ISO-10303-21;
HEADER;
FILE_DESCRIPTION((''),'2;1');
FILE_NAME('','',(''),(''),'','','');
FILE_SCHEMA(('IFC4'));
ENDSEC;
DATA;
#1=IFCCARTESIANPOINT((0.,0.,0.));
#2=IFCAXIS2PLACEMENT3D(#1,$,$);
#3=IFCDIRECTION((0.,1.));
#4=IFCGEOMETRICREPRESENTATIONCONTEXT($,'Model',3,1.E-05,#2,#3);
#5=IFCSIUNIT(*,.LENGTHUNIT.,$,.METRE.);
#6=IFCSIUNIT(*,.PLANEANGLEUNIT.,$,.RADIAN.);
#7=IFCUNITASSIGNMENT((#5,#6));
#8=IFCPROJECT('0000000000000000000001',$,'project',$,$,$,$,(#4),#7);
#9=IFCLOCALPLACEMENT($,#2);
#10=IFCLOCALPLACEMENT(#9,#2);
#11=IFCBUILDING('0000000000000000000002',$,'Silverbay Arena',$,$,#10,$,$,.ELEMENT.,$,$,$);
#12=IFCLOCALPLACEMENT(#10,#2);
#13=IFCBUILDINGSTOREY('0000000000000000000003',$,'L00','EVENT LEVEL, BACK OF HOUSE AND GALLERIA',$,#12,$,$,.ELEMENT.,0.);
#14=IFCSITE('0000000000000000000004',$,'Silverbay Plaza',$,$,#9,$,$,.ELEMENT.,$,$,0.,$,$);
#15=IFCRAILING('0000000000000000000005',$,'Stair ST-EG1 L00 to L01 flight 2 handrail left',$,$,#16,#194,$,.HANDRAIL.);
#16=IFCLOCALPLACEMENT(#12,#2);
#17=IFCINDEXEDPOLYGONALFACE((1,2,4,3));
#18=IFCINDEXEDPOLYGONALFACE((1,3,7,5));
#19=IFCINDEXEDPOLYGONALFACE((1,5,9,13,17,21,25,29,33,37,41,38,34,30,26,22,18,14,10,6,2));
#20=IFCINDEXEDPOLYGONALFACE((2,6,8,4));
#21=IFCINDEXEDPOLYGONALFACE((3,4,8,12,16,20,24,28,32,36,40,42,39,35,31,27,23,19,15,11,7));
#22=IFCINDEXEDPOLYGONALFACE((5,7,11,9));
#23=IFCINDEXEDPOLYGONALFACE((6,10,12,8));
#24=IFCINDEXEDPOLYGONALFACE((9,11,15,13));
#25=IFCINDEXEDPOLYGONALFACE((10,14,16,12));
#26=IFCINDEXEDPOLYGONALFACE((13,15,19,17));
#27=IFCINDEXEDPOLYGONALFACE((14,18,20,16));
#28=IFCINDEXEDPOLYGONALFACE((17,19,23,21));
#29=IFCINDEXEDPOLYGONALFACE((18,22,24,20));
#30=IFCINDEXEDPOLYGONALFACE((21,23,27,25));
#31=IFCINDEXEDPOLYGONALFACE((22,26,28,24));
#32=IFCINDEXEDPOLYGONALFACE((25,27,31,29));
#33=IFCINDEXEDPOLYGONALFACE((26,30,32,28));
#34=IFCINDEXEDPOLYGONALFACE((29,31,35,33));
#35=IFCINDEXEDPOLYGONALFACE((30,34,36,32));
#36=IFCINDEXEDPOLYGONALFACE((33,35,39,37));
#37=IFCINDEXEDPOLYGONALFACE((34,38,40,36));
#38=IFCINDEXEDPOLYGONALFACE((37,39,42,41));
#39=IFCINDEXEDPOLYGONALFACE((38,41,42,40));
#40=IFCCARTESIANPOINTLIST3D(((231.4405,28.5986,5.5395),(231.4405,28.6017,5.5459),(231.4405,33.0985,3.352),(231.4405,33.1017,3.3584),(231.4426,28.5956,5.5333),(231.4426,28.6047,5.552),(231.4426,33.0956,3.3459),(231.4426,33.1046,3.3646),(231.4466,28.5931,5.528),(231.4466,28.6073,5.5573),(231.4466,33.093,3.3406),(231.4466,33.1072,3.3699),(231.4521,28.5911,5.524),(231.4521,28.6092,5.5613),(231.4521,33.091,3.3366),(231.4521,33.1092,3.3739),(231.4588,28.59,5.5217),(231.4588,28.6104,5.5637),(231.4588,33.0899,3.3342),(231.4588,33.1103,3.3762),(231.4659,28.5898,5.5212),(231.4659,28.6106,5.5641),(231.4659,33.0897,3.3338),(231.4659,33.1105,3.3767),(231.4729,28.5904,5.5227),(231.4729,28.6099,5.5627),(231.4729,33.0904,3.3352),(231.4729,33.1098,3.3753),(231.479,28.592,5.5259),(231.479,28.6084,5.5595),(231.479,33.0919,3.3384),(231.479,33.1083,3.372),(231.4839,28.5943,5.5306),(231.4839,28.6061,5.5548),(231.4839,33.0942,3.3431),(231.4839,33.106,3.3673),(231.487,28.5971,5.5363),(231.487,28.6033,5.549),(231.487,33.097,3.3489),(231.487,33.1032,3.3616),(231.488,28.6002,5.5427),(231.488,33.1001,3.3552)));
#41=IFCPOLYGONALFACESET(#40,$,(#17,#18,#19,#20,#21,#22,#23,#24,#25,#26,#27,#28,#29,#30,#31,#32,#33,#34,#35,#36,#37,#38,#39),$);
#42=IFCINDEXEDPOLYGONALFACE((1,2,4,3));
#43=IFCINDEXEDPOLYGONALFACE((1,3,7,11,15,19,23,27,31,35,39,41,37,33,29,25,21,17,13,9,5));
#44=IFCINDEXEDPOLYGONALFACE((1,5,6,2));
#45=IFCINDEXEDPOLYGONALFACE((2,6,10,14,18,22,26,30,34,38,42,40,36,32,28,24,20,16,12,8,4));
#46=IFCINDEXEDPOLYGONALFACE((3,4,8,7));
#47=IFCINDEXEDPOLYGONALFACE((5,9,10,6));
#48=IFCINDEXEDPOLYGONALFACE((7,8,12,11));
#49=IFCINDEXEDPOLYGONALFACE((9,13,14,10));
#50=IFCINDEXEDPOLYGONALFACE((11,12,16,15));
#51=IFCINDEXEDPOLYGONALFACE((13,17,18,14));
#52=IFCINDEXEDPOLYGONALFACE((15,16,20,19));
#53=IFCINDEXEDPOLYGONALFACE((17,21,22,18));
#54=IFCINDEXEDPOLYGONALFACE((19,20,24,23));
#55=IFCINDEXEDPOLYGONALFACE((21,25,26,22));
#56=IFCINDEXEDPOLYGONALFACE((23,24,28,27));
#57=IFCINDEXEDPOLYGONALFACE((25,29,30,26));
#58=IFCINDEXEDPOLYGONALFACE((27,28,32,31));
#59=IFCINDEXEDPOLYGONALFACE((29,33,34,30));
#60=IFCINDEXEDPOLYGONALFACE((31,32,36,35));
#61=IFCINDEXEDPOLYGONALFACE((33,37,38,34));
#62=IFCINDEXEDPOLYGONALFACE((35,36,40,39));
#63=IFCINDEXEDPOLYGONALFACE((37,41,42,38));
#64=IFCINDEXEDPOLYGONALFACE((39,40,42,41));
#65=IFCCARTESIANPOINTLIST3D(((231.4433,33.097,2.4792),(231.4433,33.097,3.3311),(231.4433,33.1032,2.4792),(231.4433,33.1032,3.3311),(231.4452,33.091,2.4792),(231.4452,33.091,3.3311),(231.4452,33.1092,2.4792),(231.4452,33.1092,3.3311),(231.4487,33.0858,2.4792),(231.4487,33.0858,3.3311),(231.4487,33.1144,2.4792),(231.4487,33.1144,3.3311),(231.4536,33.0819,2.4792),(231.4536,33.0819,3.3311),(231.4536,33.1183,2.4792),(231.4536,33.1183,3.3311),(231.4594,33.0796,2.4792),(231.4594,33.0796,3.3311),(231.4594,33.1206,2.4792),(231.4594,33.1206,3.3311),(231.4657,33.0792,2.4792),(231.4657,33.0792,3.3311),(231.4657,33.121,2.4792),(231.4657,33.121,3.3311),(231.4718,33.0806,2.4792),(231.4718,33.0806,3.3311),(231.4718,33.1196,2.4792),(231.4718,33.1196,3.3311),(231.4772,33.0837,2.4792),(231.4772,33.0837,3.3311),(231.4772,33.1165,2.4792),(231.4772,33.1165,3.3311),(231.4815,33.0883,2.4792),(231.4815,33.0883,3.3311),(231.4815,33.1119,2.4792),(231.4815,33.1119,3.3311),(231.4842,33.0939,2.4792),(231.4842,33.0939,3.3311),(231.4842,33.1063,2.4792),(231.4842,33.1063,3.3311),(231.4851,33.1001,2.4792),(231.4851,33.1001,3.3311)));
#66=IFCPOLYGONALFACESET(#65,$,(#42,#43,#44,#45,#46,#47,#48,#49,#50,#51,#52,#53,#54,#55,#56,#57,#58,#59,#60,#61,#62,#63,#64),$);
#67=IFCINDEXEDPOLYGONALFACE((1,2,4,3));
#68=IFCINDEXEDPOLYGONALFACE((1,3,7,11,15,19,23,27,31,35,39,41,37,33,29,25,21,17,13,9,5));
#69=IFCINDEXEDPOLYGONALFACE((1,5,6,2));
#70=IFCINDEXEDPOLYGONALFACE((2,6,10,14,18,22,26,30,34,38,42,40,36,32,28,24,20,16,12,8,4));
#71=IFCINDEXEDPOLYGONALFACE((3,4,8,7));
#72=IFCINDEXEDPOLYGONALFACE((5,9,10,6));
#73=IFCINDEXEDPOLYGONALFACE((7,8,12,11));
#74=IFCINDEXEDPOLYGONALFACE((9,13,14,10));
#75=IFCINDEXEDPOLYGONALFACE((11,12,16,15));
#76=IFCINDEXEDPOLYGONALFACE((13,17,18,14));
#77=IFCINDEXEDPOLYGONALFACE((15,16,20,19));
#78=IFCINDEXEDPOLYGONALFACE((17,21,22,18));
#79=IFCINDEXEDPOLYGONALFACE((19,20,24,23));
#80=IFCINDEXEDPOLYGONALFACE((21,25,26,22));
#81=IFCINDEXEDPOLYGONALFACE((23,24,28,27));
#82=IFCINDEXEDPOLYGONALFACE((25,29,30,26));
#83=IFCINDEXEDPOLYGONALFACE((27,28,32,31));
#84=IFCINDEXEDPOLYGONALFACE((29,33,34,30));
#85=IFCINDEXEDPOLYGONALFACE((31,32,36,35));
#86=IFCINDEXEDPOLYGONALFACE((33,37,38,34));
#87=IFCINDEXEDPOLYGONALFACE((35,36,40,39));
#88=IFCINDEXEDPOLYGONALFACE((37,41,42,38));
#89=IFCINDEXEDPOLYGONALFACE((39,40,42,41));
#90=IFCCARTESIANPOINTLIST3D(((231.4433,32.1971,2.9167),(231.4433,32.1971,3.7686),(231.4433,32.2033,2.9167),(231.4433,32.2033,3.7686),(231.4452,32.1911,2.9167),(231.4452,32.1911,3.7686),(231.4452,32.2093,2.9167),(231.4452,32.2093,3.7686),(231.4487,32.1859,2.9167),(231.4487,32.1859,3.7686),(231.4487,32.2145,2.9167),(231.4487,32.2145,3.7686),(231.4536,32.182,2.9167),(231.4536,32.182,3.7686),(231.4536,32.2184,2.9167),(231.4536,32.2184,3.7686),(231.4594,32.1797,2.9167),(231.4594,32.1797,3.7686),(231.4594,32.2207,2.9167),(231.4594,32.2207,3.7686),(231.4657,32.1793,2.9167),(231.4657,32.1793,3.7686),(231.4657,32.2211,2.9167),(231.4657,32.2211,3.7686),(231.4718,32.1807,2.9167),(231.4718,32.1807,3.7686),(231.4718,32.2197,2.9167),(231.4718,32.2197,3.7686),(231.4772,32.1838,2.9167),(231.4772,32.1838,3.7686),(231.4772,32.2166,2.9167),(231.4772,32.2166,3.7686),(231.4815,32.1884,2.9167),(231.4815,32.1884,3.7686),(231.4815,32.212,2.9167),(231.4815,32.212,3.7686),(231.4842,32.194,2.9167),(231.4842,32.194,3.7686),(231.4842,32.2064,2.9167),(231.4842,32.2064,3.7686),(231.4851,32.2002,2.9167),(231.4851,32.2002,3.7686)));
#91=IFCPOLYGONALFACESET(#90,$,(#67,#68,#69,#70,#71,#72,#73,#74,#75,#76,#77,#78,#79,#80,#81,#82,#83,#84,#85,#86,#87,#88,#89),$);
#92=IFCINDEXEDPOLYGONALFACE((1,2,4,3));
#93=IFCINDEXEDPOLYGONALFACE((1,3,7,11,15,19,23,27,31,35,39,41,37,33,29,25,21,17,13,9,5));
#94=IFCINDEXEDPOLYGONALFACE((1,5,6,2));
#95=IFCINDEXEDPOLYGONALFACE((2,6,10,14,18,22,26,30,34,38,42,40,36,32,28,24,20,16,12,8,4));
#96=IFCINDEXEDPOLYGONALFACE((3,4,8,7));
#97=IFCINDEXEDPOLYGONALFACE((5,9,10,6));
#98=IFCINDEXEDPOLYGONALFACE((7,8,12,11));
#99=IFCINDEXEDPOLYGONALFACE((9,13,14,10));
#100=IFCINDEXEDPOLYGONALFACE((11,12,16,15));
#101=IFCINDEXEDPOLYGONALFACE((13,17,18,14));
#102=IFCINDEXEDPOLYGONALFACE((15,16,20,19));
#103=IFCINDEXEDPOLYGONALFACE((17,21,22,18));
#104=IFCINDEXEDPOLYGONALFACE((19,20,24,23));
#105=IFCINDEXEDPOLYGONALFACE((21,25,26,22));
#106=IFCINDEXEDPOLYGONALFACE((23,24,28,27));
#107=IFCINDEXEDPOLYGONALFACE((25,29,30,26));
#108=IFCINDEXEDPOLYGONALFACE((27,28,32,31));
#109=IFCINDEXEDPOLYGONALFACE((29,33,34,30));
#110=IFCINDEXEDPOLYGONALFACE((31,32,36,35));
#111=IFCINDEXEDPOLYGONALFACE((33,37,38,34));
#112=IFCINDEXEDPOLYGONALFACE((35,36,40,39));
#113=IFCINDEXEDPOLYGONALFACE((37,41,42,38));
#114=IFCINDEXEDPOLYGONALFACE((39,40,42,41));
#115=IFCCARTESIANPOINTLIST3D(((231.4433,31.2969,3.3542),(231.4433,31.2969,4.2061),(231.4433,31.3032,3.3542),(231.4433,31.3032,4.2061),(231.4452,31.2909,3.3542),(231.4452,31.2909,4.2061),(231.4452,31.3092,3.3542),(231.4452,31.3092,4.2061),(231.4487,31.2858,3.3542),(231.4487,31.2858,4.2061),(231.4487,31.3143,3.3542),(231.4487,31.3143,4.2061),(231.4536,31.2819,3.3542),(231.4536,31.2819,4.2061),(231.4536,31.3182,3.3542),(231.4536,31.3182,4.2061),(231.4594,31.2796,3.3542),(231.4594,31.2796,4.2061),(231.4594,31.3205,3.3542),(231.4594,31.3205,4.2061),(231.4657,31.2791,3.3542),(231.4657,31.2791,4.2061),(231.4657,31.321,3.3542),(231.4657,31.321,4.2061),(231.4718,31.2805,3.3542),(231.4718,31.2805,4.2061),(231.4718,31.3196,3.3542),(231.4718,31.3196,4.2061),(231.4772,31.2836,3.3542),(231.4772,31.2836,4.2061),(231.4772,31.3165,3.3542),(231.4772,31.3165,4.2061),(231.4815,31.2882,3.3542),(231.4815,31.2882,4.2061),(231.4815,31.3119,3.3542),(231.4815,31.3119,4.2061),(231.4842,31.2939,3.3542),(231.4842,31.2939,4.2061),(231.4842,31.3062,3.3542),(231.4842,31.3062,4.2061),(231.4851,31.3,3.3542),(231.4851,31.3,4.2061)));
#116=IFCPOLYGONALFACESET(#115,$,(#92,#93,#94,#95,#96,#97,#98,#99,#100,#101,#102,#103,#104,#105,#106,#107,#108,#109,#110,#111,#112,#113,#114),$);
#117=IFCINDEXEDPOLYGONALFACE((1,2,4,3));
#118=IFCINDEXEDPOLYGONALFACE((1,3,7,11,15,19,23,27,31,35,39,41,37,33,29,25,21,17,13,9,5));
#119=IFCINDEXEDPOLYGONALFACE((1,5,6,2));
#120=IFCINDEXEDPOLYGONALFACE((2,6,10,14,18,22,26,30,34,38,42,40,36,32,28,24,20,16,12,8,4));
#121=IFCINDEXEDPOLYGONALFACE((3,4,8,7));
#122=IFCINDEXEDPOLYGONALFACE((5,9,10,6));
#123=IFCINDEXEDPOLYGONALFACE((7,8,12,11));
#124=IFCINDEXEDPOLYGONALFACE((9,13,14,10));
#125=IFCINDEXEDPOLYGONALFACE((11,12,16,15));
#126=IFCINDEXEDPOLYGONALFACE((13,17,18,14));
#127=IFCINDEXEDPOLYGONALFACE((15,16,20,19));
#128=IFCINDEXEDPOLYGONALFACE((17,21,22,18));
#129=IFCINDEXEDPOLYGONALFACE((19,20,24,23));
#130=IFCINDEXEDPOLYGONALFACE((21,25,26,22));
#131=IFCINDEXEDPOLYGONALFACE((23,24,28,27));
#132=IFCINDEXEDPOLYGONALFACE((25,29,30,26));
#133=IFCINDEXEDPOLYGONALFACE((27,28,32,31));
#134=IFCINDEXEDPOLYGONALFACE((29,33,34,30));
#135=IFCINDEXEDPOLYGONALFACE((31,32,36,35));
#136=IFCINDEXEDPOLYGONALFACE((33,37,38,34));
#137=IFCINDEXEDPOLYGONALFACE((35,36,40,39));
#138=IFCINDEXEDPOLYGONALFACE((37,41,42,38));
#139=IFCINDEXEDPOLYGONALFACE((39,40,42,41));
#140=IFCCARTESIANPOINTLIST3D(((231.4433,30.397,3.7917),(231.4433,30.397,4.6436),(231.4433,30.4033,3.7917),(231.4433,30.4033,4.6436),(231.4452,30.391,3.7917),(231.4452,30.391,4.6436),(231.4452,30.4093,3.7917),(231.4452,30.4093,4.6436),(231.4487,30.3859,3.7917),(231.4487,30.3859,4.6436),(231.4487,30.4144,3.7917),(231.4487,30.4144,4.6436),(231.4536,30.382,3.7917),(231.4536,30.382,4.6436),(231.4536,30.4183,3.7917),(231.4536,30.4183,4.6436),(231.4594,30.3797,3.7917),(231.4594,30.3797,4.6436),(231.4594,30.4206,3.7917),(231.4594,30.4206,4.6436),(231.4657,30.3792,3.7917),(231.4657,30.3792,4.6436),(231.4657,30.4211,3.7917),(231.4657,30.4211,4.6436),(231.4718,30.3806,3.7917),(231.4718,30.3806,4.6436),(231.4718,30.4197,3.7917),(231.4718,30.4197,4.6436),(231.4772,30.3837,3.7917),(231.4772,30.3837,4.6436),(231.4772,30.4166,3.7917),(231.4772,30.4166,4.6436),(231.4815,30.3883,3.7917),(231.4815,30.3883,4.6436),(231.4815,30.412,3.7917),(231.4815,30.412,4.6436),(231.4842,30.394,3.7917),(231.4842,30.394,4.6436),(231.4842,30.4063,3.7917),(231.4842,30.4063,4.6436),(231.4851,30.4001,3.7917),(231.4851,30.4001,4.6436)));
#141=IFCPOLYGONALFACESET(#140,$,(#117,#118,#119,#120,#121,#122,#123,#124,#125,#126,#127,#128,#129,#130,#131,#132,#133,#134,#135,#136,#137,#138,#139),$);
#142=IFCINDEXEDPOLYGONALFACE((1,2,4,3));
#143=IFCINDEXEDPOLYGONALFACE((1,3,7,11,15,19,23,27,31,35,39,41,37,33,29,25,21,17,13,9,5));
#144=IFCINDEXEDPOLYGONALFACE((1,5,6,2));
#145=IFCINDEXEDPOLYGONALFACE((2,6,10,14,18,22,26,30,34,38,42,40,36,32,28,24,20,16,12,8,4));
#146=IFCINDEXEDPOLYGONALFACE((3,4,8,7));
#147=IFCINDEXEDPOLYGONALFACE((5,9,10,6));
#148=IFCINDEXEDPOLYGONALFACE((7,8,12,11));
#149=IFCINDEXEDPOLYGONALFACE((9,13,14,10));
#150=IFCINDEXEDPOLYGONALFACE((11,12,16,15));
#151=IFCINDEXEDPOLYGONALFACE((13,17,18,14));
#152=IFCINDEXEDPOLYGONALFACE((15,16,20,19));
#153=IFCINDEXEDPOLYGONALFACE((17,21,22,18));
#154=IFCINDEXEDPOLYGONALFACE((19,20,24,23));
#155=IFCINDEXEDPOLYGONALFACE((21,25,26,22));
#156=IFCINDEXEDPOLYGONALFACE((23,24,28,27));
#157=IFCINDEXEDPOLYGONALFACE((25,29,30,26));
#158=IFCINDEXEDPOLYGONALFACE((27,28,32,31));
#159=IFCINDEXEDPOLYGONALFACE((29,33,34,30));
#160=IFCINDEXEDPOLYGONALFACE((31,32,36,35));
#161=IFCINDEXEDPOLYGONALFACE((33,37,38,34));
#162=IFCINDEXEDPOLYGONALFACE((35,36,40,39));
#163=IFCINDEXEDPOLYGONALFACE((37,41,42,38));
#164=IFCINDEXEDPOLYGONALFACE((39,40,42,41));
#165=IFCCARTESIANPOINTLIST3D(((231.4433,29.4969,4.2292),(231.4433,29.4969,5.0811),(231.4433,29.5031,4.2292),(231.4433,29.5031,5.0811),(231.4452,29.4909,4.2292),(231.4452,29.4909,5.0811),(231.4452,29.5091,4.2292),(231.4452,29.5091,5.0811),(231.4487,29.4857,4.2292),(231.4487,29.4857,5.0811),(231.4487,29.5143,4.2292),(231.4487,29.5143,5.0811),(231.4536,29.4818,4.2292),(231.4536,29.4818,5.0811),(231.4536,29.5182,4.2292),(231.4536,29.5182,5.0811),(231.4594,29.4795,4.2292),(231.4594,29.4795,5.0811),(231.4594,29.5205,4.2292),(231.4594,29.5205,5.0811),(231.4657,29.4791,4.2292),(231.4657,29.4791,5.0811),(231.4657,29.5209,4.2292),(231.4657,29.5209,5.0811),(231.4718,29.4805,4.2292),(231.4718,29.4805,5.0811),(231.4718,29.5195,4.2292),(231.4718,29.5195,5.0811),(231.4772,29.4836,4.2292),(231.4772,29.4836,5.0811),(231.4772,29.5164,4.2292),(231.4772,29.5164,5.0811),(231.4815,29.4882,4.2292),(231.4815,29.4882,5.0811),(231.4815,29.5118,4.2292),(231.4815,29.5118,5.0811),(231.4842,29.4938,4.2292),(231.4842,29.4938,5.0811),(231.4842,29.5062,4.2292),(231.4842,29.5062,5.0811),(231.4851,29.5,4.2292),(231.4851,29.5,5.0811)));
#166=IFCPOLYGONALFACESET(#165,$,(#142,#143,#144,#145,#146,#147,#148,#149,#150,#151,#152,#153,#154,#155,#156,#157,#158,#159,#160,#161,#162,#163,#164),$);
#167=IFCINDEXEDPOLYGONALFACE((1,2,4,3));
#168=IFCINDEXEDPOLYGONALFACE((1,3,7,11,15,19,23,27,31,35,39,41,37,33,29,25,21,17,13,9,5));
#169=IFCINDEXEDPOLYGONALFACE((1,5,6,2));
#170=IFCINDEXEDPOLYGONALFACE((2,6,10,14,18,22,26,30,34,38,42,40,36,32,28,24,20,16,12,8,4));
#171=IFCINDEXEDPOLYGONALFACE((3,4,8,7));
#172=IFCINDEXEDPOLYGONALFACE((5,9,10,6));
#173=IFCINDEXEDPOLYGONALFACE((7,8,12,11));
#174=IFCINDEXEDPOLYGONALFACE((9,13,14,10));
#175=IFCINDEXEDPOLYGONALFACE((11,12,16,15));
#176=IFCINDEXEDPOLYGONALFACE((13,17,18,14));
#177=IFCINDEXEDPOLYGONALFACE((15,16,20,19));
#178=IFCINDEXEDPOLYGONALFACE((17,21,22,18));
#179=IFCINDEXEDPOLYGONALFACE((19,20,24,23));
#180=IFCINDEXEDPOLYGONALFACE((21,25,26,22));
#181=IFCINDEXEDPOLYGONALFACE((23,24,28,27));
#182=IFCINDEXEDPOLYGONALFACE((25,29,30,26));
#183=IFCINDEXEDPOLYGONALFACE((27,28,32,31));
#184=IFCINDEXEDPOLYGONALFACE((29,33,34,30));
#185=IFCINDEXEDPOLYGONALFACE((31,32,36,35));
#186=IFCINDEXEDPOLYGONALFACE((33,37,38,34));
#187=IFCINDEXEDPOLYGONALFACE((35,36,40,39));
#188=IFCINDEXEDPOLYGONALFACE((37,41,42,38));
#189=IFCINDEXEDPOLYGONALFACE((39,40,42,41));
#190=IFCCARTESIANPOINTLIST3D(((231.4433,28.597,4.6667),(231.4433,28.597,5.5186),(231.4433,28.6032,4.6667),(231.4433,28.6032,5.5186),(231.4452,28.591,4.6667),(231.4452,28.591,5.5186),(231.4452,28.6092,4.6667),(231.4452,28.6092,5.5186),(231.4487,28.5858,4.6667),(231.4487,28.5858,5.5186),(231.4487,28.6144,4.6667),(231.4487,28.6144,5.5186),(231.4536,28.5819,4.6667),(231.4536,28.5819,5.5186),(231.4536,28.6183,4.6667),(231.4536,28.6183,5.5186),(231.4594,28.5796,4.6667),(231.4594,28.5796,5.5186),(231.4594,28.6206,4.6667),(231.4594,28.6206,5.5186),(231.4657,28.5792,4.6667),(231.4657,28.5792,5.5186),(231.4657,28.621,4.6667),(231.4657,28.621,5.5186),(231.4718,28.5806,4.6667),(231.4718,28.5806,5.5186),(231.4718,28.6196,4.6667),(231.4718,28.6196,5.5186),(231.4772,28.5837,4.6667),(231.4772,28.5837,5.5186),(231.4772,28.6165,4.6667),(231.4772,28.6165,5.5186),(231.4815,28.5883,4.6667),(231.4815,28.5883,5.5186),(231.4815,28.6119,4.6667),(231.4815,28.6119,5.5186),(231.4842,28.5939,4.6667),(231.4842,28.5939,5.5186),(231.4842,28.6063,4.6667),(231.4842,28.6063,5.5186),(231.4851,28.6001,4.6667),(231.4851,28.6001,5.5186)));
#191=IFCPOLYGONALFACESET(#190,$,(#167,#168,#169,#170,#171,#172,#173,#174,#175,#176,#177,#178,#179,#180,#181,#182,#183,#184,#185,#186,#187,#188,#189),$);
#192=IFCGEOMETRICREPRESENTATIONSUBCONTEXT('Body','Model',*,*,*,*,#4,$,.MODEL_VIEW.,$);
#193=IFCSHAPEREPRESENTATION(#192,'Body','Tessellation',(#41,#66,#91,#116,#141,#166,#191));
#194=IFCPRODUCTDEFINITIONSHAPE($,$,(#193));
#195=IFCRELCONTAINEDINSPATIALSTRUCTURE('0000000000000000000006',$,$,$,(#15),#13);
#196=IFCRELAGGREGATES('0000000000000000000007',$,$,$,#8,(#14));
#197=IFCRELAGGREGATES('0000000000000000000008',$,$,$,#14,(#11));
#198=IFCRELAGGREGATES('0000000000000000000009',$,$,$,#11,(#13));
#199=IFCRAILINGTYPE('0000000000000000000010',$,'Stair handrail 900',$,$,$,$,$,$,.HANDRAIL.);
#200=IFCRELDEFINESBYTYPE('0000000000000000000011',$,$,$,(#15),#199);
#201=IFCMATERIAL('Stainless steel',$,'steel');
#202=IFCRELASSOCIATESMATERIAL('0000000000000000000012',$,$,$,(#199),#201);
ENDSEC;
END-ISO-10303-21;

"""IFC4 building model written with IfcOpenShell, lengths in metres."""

from ifc_helpers import new_model, si_unit, direction, frame, origin, origin_2d, place, context, subcontext, project, spatial, circle, extrude, material, type_object, element, save


model = new_model("IFC4")

# Units and contexts
model_context = context("Model", 3, precision=1e-05, world=origin(), true_north=direction((0.0, 1.0)))
body_context = subcontext(model_context, "Body", "Model", "MODEL_VIEW")
ifc_project = project(units=[si_unit("LENGTHUNIT", "METRE"), si_unit("PLANEANGLEUNIT", "RADIAN")], contexts=[model_context])

# Site, building, storey
site_placement = place(None, origin())
site = spatial("IfcSite", under=ifc_project, at=site_placement, Name="Silverbay Plaza", CompositionType="ELEMENT", RefElevation=0.0)
building_placement = place(site_placement, origin())
building = spatial("IfcBuilding", under=site, at=building_placement, Name="Silverbay Arena", CompositionType="ELEMENT")
storey_placement = place(building_placement, origin())
storey = spatial("IfcBuildingStorey", under=building, at=storey_placement, Name="L00", Description="EVENT LEVEL, BACK OF HOUSE AND GALLERIA", CompositionType="ELEMENT", Elevation=0.0)

# Railing
ifc_material_1 = material(Name="Stainless steel", Category="steel")
railing_type_1 = type_object("IfcRailingType", Name="Stair handrail 900", PredefinedType="HANDRAIL", material=ifc_material_1)
for number, where, name in (
    (1, (231.4641, 33.1001, 2.4792), "Stair ST-EG1 L00 to L01 flight 2 handrail left"),
):
    element("IfcRailing", number, at=place(storey_placement, frame(where)), inside=storey, type_object=railing_type_1, Name=name, PredefinedType="HANDRAIL", context=body_context, shape_type="SweptSolid", body=[
        extrude(circle(Radius=0.0239, at=origin_2d()), frame((0.0, 0.0, 0.876), z_axis=(0.0, -0.899368, 0.437193), x_axis=(1.0, 0.0, 0.0)), (0.0, 0.0, 1.0), 5.0034),
        extrude(circle(Radius=0.021, at=origin_2d()), origin(), (0.0, 0.0, 1.0), 0.8518),
        extrude(circle(Radius=0.021, at=origin_2d()), frame((0.0, -0.8999, 0.4375)), (0.0, 0.0, 1.0), 0.8518),
        extrude(circle(Radius=0.021, at=origin_2d()), frame((0.0, -1.8, 0.875)), (0.0, 0.0, 1.0), 0.8518),
        extrude(circle(Radius=0.021, at=origin_2d()), frame((0.0, -2.7, 1.3125)), (0.0, 0.0, 1.0), 0.8518),
        extrude(circle(Radius=0.021, at=origin_2d()), frame((0.0, -3.6001, 1.75)), (0.0, 0.0, 1.0), 0.8518),
        extrude(circle(Radius=0.021, at=origin_2d()), frame((0.0, -4.5, 2.1875)), (0.0, 0.0, 1.0), 0.8518),
    ])

save(model, "model.ifc")
